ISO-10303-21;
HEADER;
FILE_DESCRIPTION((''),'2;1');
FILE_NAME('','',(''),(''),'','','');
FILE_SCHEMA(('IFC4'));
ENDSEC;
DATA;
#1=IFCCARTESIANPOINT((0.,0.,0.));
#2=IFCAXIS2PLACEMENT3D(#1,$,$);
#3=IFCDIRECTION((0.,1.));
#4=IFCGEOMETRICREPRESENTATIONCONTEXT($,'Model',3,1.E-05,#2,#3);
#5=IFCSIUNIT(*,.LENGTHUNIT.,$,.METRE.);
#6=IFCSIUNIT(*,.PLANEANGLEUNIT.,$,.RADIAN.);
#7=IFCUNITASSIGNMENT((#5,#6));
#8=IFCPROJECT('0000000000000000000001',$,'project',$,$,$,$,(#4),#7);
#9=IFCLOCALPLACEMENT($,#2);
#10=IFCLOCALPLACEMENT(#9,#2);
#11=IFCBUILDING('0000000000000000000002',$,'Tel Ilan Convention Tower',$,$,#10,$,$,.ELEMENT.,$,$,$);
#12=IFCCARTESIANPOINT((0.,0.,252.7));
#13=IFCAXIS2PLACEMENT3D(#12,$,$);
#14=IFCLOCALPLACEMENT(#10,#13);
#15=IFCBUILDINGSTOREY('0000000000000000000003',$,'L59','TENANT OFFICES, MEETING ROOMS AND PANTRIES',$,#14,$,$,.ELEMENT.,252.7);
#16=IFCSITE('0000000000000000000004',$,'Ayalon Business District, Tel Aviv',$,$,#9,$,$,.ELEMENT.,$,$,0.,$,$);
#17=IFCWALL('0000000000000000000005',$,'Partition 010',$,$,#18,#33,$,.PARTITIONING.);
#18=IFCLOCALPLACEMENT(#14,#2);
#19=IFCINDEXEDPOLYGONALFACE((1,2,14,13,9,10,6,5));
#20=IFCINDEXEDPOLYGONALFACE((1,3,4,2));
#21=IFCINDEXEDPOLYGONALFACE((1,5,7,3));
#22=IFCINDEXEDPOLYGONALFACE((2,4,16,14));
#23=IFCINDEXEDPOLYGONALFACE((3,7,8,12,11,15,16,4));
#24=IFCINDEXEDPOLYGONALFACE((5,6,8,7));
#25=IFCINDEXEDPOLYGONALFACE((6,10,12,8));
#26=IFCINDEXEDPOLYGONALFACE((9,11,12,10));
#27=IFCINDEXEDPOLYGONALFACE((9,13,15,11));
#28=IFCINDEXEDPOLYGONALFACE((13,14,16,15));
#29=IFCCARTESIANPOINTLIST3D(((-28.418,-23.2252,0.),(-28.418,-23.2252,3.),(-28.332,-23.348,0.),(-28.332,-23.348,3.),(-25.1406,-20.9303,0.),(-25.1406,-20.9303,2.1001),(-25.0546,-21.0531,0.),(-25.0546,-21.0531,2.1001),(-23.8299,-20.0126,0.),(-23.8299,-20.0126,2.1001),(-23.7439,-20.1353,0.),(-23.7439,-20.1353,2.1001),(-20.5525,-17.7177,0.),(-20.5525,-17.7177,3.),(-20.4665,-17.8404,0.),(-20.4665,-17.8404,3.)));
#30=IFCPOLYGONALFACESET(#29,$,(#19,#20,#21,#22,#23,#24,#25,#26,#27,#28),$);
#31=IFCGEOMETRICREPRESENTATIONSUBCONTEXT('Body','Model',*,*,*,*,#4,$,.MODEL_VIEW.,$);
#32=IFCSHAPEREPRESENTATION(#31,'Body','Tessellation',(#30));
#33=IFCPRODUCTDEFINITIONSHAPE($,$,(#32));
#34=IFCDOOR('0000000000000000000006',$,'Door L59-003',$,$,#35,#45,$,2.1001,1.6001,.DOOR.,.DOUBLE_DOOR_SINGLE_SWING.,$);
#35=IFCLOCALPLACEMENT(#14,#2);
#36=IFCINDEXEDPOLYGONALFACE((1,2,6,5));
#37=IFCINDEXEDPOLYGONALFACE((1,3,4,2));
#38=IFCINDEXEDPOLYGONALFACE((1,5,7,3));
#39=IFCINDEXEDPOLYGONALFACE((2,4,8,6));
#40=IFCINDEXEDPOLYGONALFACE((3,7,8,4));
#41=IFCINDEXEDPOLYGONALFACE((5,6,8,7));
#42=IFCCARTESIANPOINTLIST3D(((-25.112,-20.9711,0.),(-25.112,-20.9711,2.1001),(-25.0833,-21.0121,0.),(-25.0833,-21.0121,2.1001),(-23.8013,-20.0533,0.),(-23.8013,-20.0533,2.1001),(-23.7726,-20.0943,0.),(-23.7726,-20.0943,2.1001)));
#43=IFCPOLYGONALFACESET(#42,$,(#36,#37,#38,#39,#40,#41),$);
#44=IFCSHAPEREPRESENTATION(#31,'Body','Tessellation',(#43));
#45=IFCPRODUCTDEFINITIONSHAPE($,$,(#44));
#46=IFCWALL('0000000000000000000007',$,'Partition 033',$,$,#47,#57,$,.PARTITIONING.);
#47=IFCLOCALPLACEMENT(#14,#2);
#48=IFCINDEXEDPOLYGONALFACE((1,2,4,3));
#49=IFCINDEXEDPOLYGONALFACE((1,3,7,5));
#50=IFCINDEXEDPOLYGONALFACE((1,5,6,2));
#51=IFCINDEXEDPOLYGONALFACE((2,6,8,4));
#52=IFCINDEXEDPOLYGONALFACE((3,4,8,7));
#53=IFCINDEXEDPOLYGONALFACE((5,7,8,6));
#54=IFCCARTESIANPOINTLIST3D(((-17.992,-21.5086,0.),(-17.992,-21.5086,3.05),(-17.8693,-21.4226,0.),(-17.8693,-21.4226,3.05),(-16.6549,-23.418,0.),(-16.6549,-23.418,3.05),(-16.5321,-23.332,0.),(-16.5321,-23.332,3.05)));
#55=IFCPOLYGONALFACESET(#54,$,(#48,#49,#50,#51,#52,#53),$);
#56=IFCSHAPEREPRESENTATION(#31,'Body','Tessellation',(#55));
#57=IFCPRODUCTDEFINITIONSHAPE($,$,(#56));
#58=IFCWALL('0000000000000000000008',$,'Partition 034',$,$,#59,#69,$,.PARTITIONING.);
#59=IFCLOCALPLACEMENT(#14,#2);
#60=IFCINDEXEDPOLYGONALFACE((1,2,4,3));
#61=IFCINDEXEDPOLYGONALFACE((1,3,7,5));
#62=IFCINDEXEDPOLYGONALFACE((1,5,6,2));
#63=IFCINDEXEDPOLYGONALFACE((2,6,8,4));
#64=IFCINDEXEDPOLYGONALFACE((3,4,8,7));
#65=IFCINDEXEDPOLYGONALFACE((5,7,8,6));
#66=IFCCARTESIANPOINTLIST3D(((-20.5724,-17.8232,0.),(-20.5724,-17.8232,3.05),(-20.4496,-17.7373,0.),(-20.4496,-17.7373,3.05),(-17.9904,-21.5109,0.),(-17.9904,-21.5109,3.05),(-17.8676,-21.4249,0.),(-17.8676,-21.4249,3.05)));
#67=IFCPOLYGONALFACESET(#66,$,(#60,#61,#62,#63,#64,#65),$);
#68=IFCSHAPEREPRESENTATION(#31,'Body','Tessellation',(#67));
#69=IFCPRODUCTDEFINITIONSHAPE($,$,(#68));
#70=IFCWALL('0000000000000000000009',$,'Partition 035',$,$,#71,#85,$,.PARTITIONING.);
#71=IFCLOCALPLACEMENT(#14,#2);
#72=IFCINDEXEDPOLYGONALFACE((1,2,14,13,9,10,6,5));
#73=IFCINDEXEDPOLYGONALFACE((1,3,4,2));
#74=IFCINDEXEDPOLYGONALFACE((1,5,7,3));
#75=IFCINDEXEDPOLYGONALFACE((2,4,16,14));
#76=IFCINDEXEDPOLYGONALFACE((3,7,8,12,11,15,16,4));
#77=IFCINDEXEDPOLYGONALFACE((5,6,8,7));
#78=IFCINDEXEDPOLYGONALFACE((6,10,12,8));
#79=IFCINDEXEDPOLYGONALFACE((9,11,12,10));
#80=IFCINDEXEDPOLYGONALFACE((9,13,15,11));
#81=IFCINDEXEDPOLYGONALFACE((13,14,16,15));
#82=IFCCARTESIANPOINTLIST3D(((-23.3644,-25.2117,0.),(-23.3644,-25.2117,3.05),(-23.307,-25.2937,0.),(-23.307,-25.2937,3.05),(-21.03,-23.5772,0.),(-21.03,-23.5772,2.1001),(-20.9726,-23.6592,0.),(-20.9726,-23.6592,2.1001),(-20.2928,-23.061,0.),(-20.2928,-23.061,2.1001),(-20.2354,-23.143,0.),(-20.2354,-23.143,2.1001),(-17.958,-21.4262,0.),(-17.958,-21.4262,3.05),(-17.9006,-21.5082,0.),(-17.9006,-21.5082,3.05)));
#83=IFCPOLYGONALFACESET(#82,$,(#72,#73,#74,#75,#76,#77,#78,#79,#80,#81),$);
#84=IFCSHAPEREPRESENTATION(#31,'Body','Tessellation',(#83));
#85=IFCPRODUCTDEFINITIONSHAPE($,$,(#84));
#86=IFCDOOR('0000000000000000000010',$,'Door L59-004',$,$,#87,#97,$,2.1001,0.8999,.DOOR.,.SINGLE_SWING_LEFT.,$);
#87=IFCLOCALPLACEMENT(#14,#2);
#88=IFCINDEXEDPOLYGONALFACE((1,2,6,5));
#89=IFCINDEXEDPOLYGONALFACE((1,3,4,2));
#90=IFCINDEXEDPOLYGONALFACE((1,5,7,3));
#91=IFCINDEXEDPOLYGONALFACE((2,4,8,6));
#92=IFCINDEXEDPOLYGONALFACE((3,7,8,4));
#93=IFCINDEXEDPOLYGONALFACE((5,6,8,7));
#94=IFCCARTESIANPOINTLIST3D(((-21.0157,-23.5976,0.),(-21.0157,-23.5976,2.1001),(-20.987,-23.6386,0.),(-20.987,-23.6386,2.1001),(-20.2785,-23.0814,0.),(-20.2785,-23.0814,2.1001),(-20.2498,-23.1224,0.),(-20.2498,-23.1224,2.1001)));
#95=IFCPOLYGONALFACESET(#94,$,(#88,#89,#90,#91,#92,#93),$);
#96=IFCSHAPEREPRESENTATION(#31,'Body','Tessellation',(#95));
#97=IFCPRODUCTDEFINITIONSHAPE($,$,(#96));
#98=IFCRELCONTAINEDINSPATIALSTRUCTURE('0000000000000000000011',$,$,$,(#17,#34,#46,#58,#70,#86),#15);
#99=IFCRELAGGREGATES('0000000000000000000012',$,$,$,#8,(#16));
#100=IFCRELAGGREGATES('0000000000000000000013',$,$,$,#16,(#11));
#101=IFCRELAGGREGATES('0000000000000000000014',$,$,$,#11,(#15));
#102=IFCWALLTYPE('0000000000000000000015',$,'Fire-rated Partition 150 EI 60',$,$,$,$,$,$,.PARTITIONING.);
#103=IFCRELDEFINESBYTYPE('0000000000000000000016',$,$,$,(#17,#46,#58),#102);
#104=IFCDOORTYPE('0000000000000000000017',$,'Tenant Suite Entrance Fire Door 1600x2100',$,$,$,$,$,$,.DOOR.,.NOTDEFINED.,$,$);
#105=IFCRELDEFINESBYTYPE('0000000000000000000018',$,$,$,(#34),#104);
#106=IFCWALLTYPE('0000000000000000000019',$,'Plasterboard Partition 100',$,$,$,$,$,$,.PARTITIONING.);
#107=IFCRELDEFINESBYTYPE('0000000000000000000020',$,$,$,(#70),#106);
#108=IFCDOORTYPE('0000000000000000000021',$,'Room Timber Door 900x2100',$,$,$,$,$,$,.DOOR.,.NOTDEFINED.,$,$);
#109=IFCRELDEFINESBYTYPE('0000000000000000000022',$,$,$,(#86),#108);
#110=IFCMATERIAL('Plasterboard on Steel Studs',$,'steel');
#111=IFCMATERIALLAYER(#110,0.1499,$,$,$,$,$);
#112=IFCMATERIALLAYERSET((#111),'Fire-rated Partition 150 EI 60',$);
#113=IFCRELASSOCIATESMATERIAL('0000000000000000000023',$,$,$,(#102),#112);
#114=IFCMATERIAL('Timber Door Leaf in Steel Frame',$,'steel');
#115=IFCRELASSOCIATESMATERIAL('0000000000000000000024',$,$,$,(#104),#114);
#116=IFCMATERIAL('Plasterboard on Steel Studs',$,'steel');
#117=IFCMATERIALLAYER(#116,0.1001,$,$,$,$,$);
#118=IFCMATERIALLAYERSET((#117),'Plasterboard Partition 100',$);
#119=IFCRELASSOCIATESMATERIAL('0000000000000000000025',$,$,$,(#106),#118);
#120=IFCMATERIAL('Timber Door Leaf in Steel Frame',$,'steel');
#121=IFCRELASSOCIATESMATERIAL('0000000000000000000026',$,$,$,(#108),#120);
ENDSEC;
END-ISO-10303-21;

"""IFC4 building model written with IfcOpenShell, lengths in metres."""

from ifc_helpers import new_model, si_unit, direction, frame, frame_2d, origin, place, context, subcontext, project, spatial, rectangle, extrude, material, layer, layer_set, type_object, element, fill, save


model = new_model("IFC4")

# Units and contexts
model_context = context("Model", 3, precision=1e-05, world=origin(), true_north=direction((0.0, 1.0)))
body_context = subcontext(model_context, "Body", "Model", "MODEL_VIEW")
ifc_project = project(units=[si_unit("LENGTHUNIT", "METRE"), si_unit("PLANEANGLEUNIT", "RADIAN")], contexts=[model_context])

# Site, building, storey
site_placement = place(None, origin())
site = spatial("IfcSite", under=ifc_project, at=site_placement, Name="Ayalon Business District, Tel Aviv", CompositionType="ELEMENT", RefElevation=0.0)
building_placement = place(site_placement, origin())
building = spatial("IfcBuilding", under=site, at=building_placement, Name="Tel Ilan Convention Tower", CompositionType="ELEMENT")
storey_placement = place(building_placement, frame((0.0, 0.0, 252.7)))
storey = spatial("IfcBuildingStorey", under=building, at=storey_placement, Name="L59", Description="TENANT OFFICES, MEETING ROOMS AND PANTRIES", CompositionType="ELEMENT", Elevation=252.7)

# Wall, opening, door
ifc_material_1 = material(Name="Plasterboard on Steel Studs", Category="steel")
ifc_layer_1 = layer(ifc_material_1, 0.1499)
ifc_layer_set_1 = layer_set([ifc_layer_1], Name="Fire-rated Partition 150 EI 60")
wall_type_1 = type_object("IfcWallType", Name="Fire-rated Partition 150 EI 60", PredefinedType="PARTITIONING", material=ifc_layer_set_1)
wall_1_placement = place(storey_placement, frame((-20.5095, -17.7791, 0.0), z_axis=(0.0, 0.0, 1.0), x_axis=(-0.819147, -0.573583, 0.0)))
wall_1 = element("IfcWall", 1, at=wall_1_placement, inside=storey, type_object=wall_type_1, Name="Partition 010", PredefinedType="PARTITIONING", context=body_context, shape_type="SweptSolid", body=[
    extrude(rectangle(XDim=9.6021, YDim=0.1499, at=frame_2d((4.801, 0.0))), origin(), (0.0, 0.0, 1.0), 3.0),
])
opening_1_placement = place(wall_1_placement, frame((4.001, 0.0, 0.0)))
opening_1 = element("IfcOpeningElement", 2, at=opening_1_placement, cuts=wall_1, PredefinedType="OPENING", context=body_context, shape_type="SweptSolid", body=[
    extrude(rectangle(XDim=1.6001, YDim=2.1001, at=frame_2d((0.8, 1.05))), frame((0.0, 0.085, 0.0), z_axis=(0.0, -1.0, 0.0), x_axis=(1.0, 0.0, 0.0)), (0.0, 0.0, 1.0), 0.1699),
])
ifc_material_2 = material(Name="Timber Door Leaf in Steel Frame", Category="steel")
door_type_1 = type_object("IfcDoorType", Name="Tenant Suite Entrance Fire Door 1600x2100", OperationType="NOTDEFINED", PredefinedType="DOOR", material=ifc_material_2)
door_1_placement = place(opening_1_placement, origin())
door_1 = element("IfcDoor", 3, at=door_1_placement, inside=storey, type_object=door_type_1, Name="Door L59-003", OperationType="DOUBLE_DOOR_SINGLE_SWING", OverallHeight=2.1001, OverallWidth=1.6001, PredefinedType="DOOR", context=body_context, shape_type="SweptSolid", body=[
    extrude(rectangle(XDim=1.6001, YDim=2.1001, at=frame_2d((0.8, 1.05))), frame((0.0, 0.0249, 0.0), z_axis=(0.0, -1.0, 0.0), x_axis=(1.0, 0.0, 0.0)), (0.0, 0.0, 1.0), 0.05),
])
fill(opening_1, door_1)

# Walls
wall_2_placement = place(storey_placement, frame((-16.5935, -23.375, 0.0), z_axis=(0.0, 0.0, 1.0), x_axis=(-0.573624, 0.819119, 0.0)))
element("IfcWall", 4, at=wall_2_placement, inside=storey, type_object=wall_type_1, Name="Partition 033", PredefinedType="PARTITIONING", context=body_context, shape_type="SweptSolid", body=[
    extrude(rectangle(XDim=2.3311, YDim=0.1499, at=frame_2d((1.1655, 0.0))), origin(), (0.0, 0.0, 1.0), 3.05),
])
wall_3_placement = place(storey_placement, frame((-17.929, -21.468, 0.0), z_axis=(0.0, 0.0, 1.0), x_axis=(-0.573553, 0.819168, 0.0)))
element("IfcWall", 5, at=wall_3_placement, inside=storey, type_object=wall_type_1, Name="Partition 034", PredefinedType="PARTITIONING", context=body_context, shape_type="SweptSolid", body=[
    extrude(rectangle(XDim=4.5017, YDim=0.1499, at=frame_2d((2.251, 0.0))), origin(), (0.0, 0.0, 1.0), 3.05),
])

# Wall, opening, door
ifc_material_3 = material(Name="Plasterboard on Steel Studs", Category="steel")
ifc_layer_2 = layer(ifc_material_3, 0.1001)
ifc_layer_set_2 = layer_set([ifc_layer_2], Name="Plasterboard Partition 100")
wall_type_2 = type_object("IfcWallType", Name="Plasterboard Partition 100", PredefinedType="PARTITIONING", material=ifc_layer_set_2)
wall_4_placement = place(storey_placement, frame((-17.9294, -21.4673, 0.0), z_axis=(0.0, 0.0, 1.0), x_axis=(-0.819159, -0.573567, 0.0)))
wall_4 = element("IfcWall", 6, at=wall_4_placement, inside=storey, type_object=wall_type_2, Name="Partition 035", PredefinedType="PARTITIONING", context=body_context, shape_type="SweptSolid", body=[
    extrude(rectangle(XDim=6.5999, YDim=0.1001, at=frame_2d((3.2998, 0.0))), origin(), (0.0, 0.0, 1.0), 3.05),
])
opening_2_placement = place(wall_4_placement, frame((2.8501, 0.0, 0.0)))
opening_2 = element("IfcOpeningElement", 7, at=opening_2_placement, cuts=wall_4, PredefinedType="OPENING", context=body_context, shape_type="SweptSolid", body=[
    extrude(rectangle(XDim=0.8999, YDim=2.1001, at=frame_2d((0.45, 1.05))), frame((0.0, 0.0601, 0.0), z_axis=(0.0, -1.0, 0.0), x_axis=(1.0, 0.0, 0.0)), (0.0, 0.0, 1.0), 0.1201),
])
ifc_material_4 = material(Name="Timber Door Leaf in Steel Frame", Category="steel")
door_type_2 = type_object("IfcDoorType", Name="Room Timber Door 900x2100", OperationType="NOTDEFINED", PredefinedType="DOOR", material=ifc_material_4)
door_2_placement = place(opening_2_placement, origin())
door_2 = element("IfcDoor", 8, at=door_2_placement, inside=storey, type_object=door_type_2, Name="Door L59-004", OperationType="SINGLE_SWING_LEFT", OverallHeight=2.1001, OverallWidth=0.8999, PredefinedType="DOOR", context=body_context, shape_type="SweptSolid", body=[
    extrude(rectangle(XDim=0.8999, YDim=2.1001, at=frame_2d((0.45, 1.05))), frame((0.0, 0.0249, 0.0), z_axis=(0.0, -1.0, 0.0), x_axis=(1.0, 0.0, 0.0)), (0.0, 0.0, 1.0), 0.05),
])
fill(opening_2, door_2)

save(model, "model.ifc")
